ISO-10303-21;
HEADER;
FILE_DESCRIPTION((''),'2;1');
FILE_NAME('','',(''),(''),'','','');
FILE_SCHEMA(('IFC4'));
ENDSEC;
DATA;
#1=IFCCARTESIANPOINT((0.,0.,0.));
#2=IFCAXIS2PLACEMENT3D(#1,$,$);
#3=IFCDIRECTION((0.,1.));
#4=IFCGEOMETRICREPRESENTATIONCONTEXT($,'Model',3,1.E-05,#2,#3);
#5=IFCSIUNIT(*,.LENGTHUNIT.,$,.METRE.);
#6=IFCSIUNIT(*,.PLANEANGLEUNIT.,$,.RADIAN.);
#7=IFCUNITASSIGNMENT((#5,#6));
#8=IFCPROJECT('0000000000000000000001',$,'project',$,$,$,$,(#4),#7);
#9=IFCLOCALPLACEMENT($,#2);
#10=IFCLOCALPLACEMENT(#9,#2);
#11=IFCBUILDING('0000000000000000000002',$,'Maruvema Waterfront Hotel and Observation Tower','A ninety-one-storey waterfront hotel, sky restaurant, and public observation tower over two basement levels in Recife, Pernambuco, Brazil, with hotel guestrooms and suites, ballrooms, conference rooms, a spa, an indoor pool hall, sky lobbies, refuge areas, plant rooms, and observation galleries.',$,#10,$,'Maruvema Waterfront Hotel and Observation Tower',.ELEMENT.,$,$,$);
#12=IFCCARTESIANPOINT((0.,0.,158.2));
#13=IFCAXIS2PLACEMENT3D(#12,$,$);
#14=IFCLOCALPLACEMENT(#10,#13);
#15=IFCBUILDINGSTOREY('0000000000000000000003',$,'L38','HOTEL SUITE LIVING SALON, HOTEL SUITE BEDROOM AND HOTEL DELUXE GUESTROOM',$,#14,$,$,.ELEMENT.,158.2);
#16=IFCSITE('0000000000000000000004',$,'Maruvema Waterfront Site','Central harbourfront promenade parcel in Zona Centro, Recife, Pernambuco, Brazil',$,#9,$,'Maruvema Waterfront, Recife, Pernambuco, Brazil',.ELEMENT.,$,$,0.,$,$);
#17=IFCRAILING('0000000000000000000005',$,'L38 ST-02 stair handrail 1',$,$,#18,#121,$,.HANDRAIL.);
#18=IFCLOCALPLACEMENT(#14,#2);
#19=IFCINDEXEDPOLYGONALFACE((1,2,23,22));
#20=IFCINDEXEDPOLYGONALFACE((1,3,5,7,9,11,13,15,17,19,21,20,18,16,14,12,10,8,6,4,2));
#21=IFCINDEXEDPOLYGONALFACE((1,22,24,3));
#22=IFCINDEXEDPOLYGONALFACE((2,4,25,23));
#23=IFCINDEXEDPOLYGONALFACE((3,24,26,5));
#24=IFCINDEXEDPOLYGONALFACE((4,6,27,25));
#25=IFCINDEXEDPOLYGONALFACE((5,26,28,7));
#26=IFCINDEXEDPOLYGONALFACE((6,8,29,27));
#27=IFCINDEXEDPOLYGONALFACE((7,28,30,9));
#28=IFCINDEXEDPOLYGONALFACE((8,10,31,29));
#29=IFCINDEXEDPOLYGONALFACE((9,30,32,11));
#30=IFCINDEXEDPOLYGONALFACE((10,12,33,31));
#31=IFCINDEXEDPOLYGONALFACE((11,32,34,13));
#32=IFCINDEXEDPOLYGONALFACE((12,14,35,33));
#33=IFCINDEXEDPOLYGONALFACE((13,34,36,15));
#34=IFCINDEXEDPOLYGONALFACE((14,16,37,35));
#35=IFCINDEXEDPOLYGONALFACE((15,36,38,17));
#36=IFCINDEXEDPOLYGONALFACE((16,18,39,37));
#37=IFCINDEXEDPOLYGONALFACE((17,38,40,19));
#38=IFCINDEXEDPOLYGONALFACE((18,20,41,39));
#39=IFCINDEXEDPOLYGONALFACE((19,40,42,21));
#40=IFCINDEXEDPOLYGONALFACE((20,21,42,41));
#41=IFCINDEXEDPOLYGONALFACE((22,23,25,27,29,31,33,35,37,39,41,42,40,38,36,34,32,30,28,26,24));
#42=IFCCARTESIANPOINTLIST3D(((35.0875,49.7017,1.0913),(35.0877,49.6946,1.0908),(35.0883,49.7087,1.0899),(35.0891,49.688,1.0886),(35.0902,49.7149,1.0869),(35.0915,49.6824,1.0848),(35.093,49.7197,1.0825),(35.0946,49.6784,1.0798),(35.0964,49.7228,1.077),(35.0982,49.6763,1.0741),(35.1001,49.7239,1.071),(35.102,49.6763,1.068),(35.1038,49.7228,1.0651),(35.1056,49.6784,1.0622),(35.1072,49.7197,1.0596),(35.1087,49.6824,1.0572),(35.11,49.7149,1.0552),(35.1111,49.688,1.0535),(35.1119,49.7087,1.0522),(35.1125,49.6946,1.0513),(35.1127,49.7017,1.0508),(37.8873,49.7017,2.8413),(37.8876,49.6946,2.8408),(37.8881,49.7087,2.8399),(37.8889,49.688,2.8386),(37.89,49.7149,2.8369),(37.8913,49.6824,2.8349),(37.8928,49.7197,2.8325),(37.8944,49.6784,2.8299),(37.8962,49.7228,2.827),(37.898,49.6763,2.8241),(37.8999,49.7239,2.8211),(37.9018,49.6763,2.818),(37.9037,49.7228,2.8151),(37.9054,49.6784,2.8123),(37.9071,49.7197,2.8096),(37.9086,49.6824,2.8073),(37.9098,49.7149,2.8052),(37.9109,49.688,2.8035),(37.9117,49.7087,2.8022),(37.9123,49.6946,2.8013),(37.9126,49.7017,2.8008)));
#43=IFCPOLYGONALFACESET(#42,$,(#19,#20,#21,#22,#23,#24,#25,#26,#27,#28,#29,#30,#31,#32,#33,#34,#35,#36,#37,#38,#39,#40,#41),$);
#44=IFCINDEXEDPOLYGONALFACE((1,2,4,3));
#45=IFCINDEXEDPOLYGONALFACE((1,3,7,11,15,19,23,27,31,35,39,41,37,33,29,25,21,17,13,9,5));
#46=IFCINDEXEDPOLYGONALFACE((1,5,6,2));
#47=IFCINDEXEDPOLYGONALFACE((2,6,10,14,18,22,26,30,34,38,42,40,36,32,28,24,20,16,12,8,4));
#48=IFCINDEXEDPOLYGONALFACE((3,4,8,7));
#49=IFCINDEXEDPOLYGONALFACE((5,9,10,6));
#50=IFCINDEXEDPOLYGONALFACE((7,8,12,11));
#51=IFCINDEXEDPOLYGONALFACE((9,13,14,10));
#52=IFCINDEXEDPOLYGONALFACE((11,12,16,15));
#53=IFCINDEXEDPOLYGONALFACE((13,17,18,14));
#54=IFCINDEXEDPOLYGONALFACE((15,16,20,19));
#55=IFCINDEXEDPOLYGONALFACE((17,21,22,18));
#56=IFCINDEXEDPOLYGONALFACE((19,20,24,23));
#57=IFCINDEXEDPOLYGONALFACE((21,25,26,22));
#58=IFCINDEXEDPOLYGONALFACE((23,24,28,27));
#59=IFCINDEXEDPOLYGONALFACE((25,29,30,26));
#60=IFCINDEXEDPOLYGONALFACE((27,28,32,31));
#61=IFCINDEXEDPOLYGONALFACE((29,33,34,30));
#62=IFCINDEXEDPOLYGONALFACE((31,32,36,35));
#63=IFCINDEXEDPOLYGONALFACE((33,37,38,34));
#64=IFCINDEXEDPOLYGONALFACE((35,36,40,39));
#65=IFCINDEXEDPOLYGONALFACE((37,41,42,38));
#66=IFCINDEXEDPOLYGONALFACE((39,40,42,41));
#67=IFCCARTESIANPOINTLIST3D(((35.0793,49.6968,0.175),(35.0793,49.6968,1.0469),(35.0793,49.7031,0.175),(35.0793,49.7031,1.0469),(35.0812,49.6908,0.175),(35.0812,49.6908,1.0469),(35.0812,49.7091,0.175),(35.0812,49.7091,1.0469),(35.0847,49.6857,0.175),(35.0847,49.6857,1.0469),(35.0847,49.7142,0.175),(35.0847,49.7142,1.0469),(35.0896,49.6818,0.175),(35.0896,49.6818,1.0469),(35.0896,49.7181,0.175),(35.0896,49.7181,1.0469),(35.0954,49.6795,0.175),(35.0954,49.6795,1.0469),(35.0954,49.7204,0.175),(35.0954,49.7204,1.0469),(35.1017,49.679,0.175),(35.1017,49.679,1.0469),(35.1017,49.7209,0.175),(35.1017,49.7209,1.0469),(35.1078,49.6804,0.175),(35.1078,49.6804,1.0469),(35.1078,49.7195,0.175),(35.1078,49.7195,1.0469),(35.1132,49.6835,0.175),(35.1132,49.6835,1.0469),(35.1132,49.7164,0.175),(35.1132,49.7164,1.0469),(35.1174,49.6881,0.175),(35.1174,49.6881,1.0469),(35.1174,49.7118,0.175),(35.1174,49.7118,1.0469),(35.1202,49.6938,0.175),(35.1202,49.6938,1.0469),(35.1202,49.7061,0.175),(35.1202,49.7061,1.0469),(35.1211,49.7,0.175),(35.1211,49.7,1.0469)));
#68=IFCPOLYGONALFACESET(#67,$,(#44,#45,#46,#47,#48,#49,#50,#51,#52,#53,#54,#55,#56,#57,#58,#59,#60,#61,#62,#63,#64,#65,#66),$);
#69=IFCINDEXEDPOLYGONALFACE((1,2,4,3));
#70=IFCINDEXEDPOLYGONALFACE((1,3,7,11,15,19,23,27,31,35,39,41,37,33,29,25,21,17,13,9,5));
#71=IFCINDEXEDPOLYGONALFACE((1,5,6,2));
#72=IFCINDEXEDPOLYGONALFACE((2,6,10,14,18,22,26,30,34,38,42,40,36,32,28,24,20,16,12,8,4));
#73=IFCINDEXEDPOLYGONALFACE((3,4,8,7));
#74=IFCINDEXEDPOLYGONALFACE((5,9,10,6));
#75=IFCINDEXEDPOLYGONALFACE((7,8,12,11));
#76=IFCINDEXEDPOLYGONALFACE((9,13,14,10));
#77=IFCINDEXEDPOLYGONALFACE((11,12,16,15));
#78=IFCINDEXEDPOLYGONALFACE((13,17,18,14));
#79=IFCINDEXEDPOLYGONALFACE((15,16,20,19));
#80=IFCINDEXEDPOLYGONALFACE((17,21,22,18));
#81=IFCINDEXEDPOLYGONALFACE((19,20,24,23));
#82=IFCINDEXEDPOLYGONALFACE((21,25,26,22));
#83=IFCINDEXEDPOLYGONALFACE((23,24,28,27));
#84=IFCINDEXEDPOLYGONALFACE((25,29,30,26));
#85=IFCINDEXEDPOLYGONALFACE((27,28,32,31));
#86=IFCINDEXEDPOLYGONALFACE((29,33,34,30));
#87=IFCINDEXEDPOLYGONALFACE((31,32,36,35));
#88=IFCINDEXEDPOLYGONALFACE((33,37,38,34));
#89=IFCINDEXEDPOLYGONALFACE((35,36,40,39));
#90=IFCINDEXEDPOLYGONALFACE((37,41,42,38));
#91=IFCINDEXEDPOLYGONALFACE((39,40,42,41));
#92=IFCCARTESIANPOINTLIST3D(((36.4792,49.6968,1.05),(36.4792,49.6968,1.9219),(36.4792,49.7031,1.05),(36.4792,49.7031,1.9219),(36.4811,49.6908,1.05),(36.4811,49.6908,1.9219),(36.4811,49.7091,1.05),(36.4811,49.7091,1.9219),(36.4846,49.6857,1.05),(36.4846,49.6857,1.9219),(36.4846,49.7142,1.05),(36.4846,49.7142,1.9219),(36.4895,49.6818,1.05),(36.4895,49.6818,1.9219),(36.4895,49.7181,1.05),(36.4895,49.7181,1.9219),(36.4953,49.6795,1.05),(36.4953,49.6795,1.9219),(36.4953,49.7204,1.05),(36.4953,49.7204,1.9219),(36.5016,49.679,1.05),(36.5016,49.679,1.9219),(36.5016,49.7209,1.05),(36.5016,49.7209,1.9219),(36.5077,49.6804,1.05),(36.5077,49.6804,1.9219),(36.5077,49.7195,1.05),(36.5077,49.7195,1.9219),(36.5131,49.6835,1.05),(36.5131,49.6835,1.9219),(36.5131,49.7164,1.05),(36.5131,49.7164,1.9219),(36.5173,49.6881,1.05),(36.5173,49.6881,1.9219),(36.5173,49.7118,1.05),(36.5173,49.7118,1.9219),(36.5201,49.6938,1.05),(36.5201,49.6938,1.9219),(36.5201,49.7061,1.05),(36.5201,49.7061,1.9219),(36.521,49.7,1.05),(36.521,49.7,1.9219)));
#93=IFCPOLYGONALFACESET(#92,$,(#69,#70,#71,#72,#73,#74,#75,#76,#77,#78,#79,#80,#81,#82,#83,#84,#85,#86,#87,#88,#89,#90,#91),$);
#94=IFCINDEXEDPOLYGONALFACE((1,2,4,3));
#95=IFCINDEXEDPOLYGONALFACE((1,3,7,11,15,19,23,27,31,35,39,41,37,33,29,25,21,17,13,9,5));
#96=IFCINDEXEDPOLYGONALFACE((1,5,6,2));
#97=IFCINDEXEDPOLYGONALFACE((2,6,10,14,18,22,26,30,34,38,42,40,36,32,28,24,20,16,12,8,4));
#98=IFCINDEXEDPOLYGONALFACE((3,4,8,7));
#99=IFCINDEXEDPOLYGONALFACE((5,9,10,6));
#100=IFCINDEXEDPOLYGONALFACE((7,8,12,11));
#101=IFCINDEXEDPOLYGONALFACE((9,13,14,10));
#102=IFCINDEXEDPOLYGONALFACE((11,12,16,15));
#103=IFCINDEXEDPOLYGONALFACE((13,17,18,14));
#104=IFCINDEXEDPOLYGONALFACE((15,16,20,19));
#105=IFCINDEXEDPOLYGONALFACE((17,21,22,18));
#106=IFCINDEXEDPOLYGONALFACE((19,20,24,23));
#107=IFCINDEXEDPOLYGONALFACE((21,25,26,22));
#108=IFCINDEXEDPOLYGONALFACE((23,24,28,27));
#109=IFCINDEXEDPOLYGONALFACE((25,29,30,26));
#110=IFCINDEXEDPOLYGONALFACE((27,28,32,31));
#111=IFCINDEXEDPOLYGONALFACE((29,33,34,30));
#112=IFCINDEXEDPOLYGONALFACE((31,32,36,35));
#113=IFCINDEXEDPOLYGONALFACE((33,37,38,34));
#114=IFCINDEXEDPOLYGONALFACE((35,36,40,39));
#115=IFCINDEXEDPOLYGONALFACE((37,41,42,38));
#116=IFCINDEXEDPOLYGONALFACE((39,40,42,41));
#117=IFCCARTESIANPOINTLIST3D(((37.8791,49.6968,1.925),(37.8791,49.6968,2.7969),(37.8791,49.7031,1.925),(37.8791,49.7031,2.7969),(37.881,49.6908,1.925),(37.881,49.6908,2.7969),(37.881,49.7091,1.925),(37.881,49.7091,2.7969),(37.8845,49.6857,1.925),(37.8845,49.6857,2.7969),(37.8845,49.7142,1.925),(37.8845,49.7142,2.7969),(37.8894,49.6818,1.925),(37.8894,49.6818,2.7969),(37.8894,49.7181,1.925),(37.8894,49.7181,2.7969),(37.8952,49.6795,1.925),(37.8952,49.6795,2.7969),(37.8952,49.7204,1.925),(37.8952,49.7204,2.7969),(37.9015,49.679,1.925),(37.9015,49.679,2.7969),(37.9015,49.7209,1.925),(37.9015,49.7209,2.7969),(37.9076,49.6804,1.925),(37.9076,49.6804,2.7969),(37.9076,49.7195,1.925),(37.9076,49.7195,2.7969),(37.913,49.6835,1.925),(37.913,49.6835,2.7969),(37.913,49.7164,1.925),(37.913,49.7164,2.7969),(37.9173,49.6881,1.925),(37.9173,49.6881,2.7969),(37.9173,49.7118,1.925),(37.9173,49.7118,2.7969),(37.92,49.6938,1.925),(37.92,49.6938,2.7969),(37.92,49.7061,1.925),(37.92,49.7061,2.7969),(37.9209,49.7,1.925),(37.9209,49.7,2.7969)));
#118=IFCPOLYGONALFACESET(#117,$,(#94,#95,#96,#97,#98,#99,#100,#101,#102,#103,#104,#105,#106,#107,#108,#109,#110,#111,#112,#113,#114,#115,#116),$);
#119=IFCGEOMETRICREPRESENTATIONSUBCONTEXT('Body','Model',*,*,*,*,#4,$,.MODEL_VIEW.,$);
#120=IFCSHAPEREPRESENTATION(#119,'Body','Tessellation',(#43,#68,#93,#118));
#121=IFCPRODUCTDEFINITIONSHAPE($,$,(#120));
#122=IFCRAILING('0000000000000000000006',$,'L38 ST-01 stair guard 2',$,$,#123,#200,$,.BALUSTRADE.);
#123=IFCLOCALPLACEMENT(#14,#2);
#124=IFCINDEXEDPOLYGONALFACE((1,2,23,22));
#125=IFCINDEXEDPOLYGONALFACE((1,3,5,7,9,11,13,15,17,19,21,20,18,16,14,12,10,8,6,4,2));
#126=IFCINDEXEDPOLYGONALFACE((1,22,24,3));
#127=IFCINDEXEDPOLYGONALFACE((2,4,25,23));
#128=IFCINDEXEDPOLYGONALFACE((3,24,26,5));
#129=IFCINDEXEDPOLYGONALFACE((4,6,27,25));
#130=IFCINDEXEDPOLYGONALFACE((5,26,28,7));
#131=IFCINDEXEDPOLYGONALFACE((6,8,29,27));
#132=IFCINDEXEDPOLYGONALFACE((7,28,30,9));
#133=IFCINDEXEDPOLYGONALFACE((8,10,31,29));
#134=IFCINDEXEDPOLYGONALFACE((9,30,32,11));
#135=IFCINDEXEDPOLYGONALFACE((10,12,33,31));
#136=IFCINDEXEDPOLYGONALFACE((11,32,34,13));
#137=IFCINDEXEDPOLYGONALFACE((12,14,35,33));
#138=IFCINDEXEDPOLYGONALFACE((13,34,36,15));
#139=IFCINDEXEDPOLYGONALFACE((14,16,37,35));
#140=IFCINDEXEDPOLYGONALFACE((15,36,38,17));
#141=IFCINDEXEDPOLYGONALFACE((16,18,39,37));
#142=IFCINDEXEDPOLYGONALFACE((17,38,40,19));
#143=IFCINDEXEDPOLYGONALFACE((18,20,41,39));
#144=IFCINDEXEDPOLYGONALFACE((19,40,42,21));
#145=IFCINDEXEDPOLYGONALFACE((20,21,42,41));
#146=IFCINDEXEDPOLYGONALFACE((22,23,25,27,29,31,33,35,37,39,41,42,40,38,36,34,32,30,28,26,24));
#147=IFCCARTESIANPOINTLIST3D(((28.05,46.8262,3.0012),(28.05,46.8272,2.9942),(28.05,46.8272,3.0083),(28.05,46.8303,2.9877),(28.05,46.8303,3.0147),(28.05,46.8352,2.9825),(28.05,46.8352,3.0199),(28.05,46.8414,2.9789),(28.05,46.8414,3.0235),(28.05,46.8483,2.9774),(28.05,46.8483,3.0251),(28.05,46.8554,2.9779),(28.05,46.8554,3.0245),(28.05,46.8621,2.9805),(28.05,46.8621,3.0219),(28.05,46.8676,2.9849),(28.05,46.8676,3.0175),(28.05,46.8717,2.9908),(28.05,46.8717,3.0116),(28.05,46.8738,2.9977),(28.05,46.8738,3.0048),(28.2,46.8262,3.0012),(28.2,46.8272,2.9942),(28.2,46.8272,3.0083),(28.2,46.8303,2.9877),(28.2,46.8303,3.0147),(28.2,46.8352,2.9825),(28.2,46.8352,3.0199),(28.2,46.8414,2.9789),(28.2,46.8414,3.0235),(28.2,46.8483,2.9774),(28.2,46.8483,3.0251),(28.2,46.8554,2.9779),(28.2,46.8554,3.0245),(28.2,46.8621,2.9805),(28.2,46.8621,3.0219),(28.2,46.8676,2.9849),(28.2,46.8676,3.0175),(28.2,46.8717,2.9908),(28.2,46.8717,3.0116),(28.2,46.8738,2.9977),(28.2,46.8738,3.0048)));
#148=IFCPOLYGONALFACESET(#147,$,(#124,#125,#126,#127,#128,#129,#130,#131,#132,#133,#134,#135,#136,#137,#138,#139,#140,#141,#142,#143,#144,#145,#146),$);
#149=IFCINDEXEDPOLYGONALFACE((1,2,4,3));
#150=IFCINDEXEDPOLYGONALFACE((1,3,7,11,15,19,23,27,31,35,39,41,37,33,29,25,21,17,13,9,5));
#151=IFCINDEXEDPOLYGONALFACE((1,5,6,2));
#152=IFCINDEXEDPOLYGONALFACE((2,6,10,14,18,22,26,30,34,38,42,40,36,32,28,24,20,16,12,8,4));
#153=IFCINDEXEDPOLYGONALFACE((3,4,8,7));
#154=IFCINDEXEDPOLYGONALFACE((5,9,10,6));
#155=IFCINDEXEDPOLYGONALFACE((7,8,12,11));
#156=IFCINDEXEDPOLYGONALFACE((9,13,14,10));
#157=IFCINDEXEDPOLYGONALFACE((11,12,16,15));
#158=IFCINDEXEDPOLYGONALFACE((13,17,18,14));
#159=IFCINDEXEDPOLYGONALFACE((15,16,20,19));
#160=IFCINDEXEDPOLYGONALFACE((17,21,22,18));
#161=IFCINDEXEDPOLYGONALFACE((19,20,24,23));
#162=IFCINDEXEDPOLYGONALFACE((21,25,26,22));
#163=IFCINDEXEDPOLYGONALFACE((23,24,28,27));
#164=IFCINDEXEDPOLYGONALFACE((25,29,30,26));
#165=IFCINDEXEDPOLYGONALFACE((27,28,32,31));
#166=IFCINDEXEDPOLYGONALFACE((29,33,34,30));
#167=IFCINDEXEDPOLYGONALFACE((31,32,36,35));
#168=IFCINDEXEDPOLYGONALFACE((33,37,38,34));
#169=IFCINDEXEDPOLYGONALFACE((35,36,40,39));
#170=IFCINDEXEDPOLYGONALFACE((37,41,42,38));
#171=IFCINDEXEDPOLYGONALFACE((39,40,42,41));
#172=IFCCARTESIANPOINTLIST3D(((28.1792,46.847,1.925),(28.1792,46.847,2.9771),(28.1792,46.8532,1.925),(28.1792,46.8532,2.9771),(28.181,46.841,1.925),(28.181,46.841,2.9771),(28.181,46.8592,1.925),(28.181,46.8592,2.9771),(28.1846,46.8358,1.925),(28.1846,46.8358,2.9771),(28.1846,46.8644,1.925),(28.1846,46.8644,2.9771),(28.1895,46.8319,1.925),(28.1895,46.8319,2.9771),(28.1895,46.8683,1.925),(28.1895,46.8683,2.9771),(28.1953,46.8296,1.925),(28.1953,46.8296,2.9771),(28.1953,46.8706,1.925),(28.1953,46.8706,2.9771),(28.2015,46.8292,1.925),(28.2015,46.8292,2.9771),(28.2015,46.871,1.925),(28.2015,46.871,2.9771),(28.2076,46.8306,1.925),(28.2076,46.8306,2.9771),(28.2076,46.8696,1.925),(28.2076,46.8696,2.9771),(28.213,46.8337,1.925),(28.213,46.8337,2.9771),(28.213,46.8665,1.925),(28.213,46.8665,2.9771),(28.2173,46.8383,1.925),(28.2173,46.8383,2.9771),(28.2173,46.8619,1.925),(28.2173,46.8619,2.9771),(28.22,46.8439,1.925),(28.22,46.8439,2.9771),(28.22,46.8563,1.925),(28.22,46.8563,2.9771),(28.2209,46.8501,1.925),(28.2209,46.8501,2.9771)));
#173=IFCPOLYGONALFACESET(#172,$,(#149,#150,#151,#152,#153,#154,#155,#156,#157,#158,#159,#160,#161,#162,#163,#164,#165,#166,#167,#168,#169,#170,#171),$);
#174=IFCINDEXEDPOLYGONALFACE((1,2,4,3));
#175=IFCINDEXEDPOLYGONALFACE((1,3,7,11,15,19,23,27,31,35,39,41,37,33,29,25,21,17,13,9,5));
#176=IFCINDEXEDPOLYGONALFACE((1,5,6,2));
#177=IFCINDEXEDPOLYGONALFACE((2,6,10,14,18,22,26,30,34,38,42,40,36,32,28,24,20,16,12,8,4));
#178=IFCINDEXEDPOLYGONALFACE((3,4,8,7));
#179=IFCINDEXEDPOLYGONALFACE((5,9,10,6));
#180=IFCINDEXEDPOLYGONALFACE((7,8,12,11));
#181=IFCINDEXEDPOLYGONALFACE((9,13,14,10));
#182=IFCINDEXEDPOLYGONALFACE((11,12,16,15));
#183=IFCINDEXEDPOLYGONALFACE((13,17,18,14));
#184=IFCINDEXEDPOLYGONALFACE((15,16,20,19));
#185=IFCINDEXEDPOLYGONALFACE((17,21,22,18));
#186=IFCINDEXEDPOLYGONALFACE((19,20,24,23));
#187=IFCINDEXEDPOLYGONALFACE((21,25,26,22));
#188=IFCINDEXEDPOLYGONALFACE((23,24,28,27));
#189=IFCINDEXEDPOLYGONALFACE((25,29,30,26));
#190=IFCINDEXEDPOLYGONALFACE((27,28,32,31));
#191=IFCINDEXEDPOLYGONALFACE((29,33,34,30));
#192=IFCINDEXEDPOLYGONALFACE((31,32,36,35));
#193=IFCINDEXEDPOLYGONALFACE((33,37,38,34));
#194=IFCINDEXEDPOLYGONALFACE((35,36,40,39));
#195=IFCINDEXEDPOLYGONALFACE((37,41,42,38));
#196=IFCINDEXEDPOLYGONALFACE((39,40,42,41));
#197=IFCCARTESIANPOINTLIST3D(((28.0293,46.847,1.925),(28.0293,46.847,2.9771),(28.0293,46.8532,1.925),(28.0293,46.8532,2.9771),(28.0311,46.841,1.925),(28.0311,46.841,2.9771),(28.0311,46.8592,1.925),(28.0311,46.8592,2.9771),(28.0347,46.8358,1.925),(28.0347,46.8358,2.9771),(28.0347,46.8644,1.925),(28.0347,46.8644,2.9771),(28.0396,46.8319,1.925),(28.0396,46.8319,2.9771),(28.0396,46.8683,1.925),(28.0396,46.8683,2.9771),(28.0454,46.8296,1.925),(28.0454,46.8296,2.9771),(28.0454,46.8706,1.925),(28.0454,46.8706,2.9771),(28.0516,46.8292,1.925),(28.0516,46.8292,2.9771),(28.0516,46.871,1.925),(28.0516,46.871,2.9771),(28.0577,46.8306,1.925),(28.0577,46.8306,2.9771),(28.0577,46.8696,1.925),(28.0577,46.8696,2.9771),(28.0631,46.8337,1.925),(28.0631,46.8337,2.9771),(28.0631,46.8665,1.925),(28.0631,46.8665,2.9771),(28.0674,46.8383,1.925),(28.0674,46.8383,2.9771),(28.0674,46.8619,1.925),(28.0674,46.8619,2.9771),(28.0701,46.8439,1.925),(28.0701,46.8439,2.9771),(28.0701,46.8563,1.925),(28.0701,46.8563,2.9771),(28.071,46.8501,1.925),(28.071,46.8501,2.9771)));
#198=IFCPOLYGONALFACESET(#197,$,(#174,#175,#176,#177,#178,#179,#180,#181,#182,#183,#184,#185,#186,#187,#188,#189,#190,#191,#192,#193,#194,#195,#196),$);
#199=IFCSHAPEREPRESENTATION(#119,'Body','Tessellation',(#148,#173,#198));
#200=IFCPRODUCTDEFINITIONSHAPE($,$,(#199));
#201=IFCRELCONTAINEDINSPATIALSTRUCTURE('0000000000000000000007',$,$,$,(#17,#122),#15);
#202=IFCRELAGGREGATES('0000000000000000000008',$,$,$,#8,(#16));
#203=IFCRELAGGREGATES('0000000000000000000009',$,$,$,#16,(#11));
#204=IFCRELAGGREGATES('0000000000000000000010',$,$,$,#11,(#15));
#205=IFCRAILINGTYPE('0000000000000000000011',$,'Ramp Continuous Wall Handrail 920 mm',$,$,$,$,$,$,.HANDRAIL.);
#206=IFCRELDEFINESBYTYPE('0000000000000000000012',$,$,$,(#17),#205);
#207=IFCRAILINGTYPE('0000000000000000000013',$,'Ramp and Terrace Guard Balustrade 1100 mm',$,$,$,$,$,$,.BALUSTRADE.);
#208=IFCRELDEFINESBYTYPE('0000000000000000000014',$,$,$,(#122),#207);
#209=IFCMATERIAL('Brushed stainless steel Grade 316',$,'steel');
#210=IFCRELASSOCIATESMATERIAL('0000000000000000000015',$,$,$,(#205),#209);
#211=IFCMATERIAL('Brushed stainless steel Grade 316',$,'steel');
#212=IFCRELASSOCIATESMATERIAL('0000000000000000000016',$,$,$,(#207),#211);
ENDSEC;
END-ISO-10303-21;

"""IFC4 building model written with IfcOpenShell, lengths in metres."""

from ifc_helpers import new_model, si_unit, direction, frame, origin, origin_2d, place, context, subcontext, project, spatial, circle, extrude, material, type_object, element, save


model = new_model("IFC4")

# Units and contexts
model_context = context("Model", 3, precision=1e-05, world=origin(), true_north=direction((0.0, 1.0)))
body_context = subcontext(model_context, "Body", "Model", "MODEL_VIEW")
ifc_project = project(units=[si_unit("LENGTHUNIT", "METRE"), si_unit("PLANEANGLEUNIT", "RADIAN")], contexts=[model_context])

# Site, building, storey
site_placement = place(None, origin())
site = spatial("IfcSite", under=ifc_project, at=site_placement, Name="Maruvema Waterfront Site", Description="Central harbourfront promenade parcel in Zona Centro, Recife, Pernambuco, Brazil", LongName="Maruvema Waterfront, Recife, Pernambuco, Brazil", CompositionType="ELEMENT", RefElevation=0.0)
building_placement = place(site_placement, origin())
building = spatial("IfcBuilding", under=site, at=building_placement, Name="Maruvema Waterfront Hotel and Observation Tower", Description="A ninety-one-storey waterfront hotel, sky restaurant, and public observation tower over two basement levels in Recife, Pernambuco, Brazil, with hotel guestrooms and suites, ballrooms, conference rooms, a spa, an indoor pool hall, sky lobbies, refuge areas, plant rooms, and observation galleries.", LongName="Maruvema Waterfront Hotel and Observation Tower", CompositionType="ELEMENT")
storey_placement = place(building_placement, frame((0.0, 0.0, 158.2)))
storey = spatial("IfcBuildingStorey", under=building, at=storey_placement, Name="L38", Description="HOTEL SUITE LIVING SALON, HOTEL SUITE BEDROOM AND HOTEL DELUXE GUESTROOM", CompositionType="ELEMENT", Elevation=158.2)

# Railings
ifc_material_1 = material(Name="Brushed stainless steel Grade 316", Category="steel")
railing_type_1 = type_object("IfcRailingType", Name="Ramp Continuous Wall Handrail 920 mm", PredefinedType="HANDRAIL", material=ifc_material_1)
railing_1_placement = place(storey_placement, frame((35.1001, 49.7, 0.175)))
element("IfcRailing", 1, at=railing_1_placement, inside=storey, type_object=railing_type_1, Name="L38 ST-02 stair handrail 1", PredefinedType="HANDRAIL", context=body_context, shape_type="SweptSolid", body=[
    extrude(circle(Radius=0.0239, at=origin_2d()), frame((0.0, 0.0, 0.896), z_axis=(0.847982, 0.0, 0.530026), x_axis=(0.0, 1.0, 0.0)), (0.0, 0.0, 1.0), 3.3018),
    extrude(circle(Radius=0.021, at=origin_2d()), origin(), (0.0, 0.0, 1.0), 0.8718),
    extrude(circle(Radius=0.021, at=origin_2d()), frame((1.3999, 0.0, 0.875)), (0.0, 0.0, 1.0), 0.8718),
    extrude(circle(Radius=0.021, at=origin_2d()), frame((2.7998, 0.0, 1.75)), (0.0, 0.0, 1.0), 0.8718),
])
ifc_material_2 = material(Name="Brushed stainless steel Grade 316", Category="steel")
railing_type_2 = type_object("IfcRailingType", Name="Ramp and Terrace Guard Balustrade 1100 mm", PredefinedType="BALUSTRADE", material=ifc_material_2)
railing_2_placement = place(storey_placement, frame((28.2, 46.8501, 1.925)))
element("IfcRailing", 2, at=railing_2_placement, inside=storey, type_object=railing_type_2, Name="L38 ST-01 stair guard 2", PredefinedType="BALUSTRADE", context=body_context, shape_type="SweptSolid", body=[
    extrude(circle(Radius=0.0239, at=origin_2d()), frame((0.0, 0.0, 1.0762), z_axis=(-1.0, 0.0, 0.0), x_axis=(0.0, -1.0, 0.0)), (0.0, 0.0, 1.0), 0.1499),
    extrude(circle(Radius=0.021, at=origin_2d()), origin(), (0.0, 0.0, 1.0), 1.052),
    extrude(circle(Radius=0.021, at=origin_2d()), frame((-0.1499, 0.0, 0.0)), (0.0, 0.0, 1.0), 1.052),
])

save(model, "model.ifc")
